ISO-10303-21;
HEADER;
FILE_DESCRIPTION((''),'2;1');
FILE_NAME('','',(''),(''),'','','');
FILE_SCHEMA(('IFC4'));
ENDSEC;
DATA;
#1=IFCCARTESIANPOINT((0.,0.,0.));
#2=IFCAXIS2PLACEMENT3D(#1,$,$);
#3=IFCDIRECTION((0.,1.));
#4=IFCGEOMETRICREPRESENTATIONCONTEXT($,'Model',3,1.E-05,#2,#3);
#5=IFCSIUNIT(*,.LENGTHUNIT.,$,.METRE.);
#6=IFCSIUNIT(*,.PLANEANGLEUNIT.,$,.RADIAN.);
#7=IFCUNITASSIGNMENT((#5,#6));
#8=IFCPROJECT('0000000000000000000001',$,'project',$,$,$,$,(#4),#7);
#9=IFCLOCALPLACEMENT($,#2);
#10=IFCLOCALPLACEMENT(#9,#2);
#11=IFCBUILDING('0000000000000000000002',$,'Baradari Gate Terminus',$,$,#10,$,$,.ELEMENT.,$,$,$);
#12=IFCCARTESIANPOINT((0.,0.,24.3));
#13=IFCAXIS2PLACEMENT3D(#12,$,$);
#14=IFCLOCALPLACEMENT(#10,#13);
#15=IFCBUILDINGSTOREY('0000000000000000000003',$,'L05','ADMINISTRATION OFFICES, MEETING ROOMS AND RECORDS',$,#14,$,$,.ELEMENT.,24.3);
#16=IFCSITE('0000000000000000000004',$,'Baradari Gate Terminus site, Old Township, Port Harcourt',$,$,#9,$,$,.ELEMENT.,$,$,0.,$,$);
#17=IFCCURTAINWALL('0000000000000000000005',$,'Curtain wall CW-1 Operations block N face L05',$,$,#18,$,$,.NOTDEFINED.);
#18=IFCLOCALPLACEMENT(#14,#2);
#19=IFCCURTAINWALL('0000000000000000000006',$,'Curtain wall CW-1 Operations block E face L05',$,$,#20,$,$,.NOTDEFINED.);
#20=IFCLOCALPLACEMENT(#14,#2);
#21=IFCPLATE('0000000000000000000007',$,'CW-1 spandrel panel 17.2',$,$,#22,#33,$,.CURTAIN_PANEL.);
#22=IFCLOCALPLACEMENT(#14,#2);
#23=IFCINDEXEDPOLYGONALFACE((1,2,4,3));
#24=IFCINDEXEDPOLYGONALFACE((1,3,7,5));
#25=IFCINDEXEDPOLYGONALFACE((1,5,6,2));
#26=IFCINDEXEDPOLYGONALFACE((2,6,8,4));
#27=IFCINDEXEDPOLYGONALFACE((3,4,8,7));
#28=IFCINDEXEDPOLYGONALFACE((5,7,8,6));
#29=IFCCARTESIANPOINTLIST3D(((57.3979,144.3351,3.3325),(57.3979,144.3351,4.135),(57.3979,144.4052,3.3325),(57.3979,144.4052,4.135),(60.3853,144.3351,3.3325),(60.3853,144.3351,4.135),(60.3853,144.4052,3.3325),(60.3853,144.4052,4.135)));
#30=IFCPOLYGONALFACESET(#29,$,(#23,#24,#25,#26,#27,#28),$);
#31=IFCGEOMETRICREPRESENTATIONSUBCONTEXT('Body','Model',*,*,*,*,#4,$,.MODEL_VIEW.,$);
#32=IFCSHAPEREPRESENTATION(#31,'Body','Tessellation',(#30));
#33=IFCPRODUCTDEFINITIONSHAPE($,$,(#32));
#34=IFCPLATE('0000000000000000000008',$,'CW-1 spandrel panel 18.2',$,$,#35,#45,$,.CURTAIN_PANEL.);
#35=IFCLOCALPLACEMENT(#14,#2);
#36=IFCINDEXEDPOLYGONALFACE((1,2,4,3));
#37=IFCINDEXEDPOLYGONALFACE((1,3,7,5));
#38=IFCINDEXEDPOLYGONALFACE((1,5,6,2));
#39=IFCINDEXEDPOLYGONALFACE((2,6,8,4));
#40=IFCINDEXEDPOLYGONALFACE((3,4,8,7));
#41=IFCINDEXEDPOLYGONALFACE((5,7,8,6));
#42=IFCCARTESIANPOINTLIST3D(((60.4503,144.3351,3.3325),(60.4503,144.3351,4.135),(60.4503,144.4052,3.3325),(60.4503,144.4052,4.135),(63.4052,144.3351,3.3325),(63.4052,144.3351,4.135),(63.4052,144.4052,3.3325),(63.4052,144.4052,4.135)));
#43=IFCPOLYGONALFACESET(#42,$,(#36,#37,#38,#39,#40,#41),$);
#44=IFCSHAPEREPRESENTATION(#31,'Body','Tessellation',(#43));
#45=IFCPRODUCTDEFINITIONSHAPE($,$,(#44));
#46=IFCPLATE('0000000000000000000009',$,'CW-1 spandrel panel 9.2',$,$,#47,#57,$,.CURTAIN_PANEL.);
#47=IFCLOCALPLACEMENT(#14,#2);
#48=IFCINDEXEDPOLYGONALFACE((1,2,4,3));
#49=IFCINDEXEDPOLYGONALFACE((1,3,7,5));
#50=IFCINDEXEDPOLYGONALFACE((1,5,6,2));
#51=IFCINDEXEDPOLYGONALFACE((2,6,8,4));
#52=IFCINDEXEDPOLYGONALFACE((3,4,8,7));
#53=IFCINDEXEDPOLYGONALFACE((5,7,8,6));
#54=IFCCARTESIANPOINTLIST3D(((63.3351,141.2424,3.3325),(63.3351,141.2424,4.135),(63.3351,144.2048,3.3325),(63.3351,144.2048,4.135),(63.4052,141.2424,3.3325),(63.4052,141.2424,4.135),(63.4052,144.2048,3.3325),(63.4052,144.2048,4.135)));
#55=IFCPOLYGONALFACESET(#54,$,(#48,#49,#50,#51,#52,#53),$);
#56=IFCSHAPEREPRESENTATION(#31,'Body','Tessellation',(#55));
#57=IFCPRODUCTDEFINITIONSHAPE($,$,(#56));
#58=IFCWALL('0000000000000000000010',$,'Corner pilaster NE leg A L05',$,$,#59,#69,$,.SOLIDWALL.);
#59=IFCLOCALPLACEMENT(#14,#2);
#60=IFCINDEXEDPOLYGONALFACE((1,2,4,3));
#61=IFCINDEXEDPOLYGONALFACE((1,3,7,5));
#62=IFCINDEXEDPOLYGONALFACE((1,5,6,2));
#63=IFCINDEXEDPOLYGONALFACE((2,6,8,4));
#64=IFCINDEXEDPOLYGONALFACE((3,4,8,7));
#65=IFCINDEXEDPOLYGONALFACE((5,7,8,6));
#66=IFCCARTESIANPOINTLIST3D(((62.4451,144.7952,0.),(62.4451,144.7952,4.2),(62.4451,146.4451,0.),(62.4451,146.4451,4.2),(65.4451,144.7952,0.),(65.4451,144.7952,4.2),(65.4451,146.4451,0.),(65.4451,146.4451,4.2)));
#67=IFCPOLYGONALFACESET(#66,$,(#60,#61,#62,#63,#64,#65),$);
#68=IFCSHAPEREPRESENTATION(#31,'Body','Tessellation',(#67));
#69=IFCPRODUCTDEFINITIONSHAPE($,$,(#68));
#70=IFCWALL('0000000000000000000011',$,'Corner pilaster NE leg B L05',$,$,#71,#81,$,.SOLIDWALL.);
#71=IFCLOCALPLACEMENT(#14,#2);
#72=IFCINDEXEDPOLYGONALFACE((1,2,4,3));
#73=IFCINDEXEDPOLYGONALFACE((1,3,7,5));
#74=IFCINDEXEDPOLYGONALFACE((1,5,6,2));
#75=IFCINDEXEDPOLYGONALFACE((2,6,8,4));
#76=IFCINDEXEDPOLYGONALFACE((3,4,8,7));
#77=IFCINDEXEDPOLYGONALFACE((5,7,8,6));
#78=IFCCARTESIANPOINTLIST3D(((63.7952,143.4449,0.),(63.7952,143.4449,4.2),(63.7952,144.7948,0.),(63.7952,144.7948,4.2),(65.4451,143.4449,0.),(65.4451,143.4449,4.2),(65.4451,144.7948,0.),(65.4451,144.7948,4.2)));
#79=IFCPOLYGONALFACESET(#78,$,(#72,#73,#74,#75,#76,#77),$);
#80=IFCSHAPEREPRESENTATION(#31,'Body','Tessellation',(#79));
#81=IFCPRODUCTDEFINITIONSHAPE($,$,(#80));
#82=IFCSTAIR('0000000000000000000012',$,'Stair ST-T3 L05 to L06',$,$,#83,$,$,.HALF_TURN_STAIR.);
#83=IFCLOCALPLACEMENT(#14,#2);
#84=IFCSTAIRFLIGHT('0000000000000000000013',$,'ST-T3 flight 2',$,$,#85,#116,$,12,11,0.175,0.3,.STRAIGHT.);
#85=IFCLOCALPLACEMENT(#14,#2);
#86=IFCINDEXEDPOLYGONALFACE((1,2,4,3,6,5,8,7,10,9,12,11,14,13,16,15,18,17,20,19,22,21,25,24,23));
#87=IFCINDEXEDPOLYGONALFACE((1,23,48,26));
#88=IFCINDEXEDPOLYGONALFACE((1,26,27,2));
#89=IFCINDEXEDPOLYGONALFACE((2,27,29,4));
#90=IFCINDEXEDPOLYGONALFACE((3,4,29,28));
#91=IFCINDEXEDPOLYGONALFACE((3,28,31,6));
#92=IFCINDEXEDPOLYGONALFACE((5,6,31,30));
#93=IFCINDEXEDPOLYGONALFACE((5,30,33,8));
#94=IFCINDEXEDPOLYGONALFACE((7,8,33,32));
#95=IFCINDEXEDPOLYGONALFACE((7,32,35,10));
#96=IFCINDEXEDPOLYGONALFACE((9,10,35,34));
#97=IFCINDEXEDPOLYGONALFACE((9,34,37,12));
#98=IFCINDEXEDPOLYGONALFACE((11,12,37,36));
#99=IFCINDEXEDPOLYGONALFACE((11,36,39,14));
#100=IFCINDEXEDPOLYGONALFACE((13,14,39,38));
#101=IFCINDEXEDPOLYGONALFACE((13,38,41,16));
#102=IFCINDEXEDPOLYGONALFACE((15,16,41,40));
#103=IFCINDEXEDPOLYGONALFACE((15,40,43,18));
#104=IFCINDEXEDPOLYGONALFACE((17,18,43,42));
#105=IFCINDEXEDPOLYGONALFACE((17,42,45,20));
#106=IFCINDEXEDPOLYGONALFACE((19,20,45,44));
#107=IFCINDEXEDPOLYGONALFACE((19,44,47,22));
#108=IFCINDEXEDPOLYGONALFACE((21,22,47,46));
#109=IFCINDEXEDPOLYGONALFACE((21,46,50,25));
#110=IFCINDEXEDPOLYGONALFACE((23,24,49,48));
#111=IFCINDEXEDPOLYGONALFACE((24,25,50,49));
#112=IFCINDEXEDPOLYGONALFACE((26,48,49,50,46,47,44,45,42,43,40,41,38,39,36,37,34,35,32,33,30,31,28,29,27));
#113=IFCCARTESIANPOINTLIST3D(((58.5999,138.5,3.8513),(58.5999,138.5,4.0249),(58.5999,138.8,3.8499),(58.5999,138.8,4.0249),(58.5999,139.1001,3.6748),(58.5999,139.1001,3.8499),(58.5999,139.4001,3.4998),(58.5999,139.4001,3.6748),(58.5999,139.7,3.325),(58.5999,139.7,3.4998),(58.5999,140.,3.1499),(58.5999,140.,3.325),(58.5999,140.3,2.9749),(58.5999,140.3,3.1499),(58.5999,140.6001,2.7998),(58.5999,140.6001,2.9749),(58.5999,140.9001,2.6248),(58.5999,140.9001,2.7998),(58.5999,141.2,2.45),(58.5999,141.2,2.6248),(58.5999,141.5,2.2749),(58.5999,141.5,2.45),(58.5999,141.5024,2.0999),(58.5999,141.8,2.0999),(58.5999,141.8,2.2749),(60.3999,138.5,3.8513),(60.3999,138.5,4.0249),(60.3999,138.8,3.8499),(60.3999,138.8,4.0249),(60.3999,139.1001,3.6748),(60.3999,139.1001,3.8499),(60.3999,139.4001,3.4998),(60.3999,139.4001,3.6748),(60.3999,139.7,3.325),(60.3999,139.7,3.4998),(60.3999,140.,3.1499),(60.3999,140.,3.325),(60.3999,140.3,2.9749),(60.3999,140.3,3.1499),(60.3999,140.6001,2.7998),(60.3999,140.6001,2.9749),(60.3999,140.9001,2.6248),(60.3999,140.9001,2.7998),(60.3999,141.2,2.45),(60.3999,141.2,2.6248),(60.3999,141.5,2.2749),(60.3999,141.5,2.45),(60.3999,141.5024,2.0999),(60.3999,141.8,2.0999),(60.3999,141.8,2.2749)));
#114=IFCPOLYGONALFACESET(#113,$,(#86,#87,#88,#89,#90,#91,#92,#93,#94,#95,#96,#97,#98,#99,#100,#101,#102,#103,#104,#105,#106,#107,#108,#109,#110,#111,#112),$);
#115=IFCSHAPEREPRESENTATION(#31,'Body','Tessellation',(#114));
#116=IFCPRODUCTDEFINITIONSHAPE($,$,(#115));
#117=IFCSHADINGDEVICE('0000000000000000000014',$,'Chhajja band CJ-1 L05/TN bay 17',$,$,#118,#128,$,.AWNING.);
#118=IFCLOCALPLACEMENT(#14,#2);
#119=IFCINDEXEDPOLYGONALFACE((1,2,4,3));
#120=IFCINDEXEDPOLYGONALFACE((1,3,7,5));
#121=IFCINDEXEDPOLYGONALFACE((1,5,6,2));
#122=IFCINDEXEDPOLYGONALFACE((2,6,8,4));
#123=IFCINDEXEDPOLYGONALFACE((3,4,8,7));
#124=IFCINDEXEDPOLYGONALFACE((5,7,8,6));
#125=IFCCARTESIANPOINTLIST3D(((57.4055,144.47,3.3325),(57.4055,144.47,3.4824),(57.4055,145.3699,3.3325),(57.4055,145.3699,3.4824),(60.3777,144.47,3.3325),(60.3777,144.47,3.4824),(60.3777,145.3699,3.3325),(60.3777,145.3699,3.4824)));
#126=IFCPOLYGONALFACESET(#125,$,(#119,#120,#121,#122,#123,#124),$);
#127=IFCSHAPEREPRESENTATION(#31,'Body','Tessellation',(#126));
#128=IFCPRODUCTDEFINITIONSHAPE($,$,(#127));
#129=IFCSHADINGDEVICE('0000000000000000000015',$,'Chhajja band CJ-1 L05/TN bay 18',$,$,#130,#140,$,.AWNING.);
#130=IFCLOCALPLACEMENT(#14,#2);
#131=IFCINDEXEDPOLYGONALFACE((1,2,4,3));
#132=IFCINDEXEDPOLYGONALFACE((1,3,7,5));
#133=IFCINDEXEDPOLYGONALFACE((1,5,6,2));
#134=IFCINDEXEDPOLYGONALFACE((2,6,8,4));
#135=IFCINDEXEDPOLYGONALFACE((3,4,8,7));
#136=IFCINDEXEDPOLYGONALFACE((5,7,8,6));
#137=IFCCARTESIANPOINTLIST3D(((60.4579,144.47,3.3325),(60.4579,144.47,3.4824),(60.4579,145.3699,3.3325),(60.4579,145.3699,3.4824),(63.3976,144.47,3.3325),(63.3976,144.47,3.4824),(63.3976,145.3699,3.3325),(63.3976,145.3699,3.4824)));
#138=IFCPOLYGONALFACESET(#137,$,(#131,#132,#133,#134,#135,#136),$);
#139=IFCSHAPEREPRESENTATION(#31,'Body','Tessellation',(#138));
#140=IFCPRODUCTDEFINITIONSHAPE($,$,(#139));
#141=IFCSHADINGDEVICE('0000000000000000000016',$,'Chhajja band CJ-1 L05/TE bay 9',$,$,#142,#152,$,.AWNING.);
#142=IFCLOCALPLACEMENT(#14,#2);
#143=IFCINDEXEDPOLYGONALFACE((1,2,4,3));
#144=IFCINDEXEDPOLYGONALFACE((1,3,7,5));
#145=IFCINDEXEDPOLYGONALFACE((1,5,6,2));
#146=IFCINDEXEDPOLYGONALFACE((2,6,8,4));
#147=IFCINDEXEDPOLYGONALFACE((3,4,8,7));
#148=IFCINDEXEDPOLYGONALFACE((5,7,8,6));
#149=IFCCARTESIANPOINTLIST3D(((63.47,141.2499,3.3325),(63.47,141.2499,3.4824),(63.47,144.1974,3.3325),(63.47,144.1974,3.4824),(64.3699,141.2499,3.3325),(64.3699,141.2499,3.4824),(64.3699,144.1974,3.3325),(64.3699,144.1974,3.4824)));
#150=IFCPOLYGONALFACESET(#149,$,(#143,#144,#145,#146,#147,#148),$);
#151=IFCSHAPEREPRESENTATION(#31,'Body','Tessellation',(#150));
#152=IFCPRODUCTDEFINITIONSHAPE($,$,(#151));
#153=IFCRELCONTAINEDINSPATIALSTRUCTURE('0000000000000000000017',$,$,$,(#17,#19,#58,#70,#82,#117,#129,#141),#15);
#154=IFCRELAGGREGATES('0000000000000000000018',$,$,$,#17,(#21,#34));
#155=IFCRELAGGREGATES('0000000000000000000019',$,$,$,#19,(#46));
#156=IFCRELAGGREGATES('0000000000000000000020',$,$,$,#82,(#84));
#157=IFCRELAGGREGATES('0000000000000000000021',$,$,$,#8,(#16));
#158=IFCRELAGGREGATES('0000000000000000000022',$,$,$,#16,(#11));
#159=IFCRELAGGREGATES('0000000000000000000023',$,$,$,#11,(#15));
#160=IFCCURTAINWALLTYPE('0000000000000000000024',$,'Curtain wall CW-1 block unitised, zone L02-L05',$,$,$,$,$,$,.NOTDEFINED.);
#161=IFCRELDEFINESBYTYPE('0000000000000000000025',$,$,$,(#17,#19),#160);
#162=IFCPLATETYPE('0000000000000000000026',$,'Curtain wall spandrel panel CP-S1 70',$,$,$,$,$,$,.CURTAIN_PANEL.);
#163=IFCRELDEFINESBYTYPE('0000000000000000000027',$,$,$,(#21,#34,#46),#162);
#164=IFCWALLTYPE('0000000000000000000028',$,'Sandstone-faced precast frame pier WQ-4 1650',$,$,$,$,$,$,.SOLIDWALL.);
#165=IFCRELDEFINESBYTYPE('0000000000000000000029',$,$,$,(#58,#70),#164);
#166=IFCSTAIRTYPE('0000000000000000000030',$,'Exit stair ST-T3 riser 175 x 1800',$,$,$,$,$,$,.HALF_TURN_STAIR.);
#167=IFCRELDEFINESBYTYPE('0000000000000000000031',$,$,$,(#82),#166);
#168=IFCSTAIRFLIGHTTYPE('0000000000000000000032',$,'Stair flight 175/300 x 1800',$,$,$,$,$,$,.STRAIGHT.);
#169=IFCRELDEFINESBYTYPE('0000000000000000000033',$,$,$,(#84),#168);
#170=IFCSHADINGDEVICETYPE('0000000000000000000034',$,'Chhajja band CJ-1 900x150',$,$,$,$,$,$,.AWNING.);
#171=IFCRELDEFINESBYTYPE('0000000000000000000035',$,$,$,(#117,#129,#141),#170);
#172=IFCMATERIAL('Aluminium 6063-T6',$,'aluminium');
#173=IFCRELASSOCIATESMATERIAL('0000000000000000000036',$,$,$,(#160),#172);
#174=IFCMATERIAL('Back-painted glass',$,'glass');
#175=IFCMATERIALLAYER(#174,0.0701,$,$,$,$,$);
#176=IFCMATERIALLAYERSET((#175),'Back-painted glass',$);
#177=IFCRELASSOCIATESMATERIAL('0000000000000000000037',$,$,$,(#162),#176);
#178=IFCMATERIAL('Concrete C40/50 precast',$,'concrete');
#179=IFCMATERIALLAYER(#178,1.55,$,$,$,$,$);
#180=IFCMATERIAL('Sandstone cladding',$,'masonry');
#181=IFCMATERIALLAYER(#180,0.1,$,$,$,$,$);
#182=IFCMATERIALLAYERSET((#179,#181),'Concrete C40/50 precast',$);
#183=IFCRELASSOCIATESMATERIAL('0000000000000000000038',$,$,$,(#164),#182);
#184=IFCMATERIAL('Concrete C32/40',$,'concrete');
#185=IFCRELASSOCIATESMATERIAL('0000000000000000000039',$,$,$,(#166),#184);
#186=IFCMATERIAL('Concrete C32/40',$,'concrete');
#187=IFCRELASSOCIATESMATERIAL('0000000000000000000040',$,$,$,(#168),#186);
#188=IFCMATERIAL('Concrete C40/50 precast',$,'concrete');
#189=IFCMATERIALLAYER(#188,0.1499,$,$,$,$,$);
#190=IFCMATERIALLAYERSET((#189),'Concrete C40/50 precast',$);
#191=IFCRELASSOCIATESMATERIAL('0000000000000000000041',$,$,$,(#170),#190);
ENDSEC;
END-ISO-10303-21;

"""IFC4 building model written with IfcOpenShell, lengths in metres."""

from ifc_helpers import new_model, si_unit, direction, frame, frame_2d, origin, origin_2d, place, context, subcontext, project, spatial, polyline, rectangle, outline, extrude, material, layer, layer_set, type_object, element, aggregate, save


model = new_model("IFC4")

# Units and contexts
model_context = context("Model", 3, precision=1e-05, world=origin(), true_north=direction((0.0, 1.0)))
body_context = subcontext(model_context, "Body", "Model", "MODEL_VIEW")
ifc_project = project(units=[si_unit("LENGTHUNIT", "METRE"), si_unit("PLANEANGLEUNIT", "RADIAN")], contexts=[model_context])

# Site, building, storey
site_placement = place(None, origin())
site = spatial("IfcSite", under=ifc_project, at=site_placement, Name="Baradari Gate Terminus site, Old Township, Port Harcourt", CompositionType="ELEMENT", RefElevation=0.0)
building_placement = place(site_placement, origin())
building = spatial("IfcBuilding", under=site, at=building_placement, Name="Baradari Gate Terminus", CompositionType="ELEMENT")
storey_placement = place(building_placement, frame((0.0, 0.0, 24.3)))
storey = spatial("IfcBuildingStorey", under=building, at=storey_placement, Name="L05", Description="ADMINISTRATION OFFICES, MEETING ROOMS AND RECORDS", CompositionType="ELEMENT", Elevation=24.3)

# Curtain wall
ifc_material_1 = material(Name="Aluminium 6063-T6", Category="aluminium")
curtain_wall_type = type_object("IfcCurtainWallType", Name="Curtain wall CW-1 block unitised, zone L02-L05", PredefinedType="NOTDEFINED", material=ifc_material_1)
curtain_wall_1_placement = place(storey_placement, origin())
curtain_wall_1 = element("IfcCurtainWall", 1, at=curtain_wall_1_placement, inside=storey, type_object=curtain_wall_type, Name="Curtain wall CW-1 Operations block N face L05", PredefinedType="NOTDEFINED")

# Curtain wall
curtain_wall_2_placement = place(storey_placement, origin())
curtain_wall_2 = element("IfcCurtainWall", 2, at=curtain_wall_2_placement, inside=storey, type_object=curtain_wall_type, Name="Curtain wall CW-1 Operations block E face L05", PredefinedType="NOTDEFINED")

# Plates
ifc_material_2 = material(Name="Back-painted glass", Category="glass")
ifc_layer_1 = layer(ifc_material_2, 0.0701)
ifc_layer_set_1 = layer_set([ifc_layer_1], Name="Back-painted glass")
plate_type_1 = type_object("IfcPlateType", Name="Curtain wall spandrel panel CP-S1 70", PredefinedType="CURTAIN_PANEL", material=ifc_layer_set_1)
plate_1_placement = place(storey_placement, frame((58.8916, 144.3701, 3.3325), z_axis=(0.0, 0.0, 1.0), x_axis=(1.0, 0.0, 0.0)))
plate_1 = element("IfcPlate", 3, at=plate_1_placement, type_object=plate_type_1, Name="CW-1 spandrel panel 17.2", PredefinedType="CURTAIN_PANEL", context=body_context, shape_type="SweptSolid", body=[
    extrude(rectangle(XDim=2.9873, YDim=0.0701, at=origin_2d()), origin(), (0.0, 0.0, 1.0), 0.8025),
])
plate_2_placement = place(storey_placement, frame((61.9277, 144.3701, 3.3325), z_axis=(0.0, 0.0, 1.0), x_axis=(1.0, 0.0, 0.0)))
plate_2 = element("IfcPlate", 4, at=plate_2_placement, type_object=plate_type_1, Name="CW-1 spandrel panel 18.2", PredefinedType="CURTAIN_PANEL", context=body_context, shape_type="SweptSolid", body=[
    extrude(rectangle(XDim=2.9548, YDim=0.0701, at=origin_2d()), origin(), (0.0, 0.0, 1.0), 0.8025),
])
aggregate(curtain_wall_1, [plate_1, plate_2])
plate_3_placement = place(storey_placement, frame((63.3701, 142.7236, 3.3325), z_axis=(0.0, 0.0, 1.0), x_axis=(0.0, 1.0, 0.0)))
plate_3 = element("IfcPlate", 5, at=plate_3_placement, type_object=plate_type_1, Name="CW-1 spandrel panel 9.2", PredefinedType="CURTAIN_PANEL", context=body_context, shape_type="SweptSolid", body=[
    extrude(rectangle(XDim=2.9624, YDim=0.0701, at=origin_2d()), origin(), (0.0, 0.0, 1.0), 0.8025),
])
aggregate(curtain_wall_2, [plate_3])

# Walls
ifc_material_3 = material(Name="Concrete C40/50 precast", Category="concrete")
ifc_layer_2 = layer(ifc_material_3, 1.55)
ifc_material_4 = material(Name="Sandstone cladding", Category="masonry")
ifc_layer_3 = layer(ifc_material_4, 0.1)
ifc_layer_set_2 = layer_set([ifc_layer_2, ifc_layer_3], Name="Concrete C40/50 precast")
wall_type = type_object("IfcWallType", Name="Sandstone-faced precast frame pier WQ-4 1650", PredefinedType="SOLIDWALL", material=ifc_layer_set_2)
wall_1_placement = place(storey_placement, frame((62.4451, 145.6201, 0.0), z_axis=(0.0, 0.0, 1.0), x_axis=(1.0, 0.0, 0.0)))
element("IfcWall", 6, at=wall_1_placement, inside=storey, type_object=wall_type, Name="Corner pilaster NE leg A L05", PredefinedType="SOLIDWALL", context=body_context, shape_type="SweptSolid", body=[
    extrude(rectangle(XDim=3.0, YDim=1.6499, at=frame_2d((1.5, 0.0))), origin(), (0.0, 0.0, 1.0), 4.2),
])
wall_2_placement = place(storey_placement, frame((64.6201, 143.4451, 0.0), z_axis=(0.0, 0.0, 1.0), x_axis=(0.0, 1.0, 0.0)))
element("IfcWall", 7, at=wall_2_placement, inside=storey, type_object=wall_type, Name="Corner pilaster NE leg B L05", PredefinedType="SOLIDWALL", context=body_context, shape_type="SweptSolid", body=[
    extrude(rectangle(XDim=1.3499, YDim=1.6499, at=frame_2d((0.6748, 0.0))), origin(), (0.0, 0.0, 1.0), 4.2),
])

# Stair, stair flight
ifc_material_5 = material(Name="Concrete C32/40", Category="concrete")
stair_type = type_object("IfcStairType", Name="Exit stair ST-T3 riser 175 x 1800", PredefinedType="HALF_TURN_STAIR", material=ifc_material_5)
stair_placement = place(storey_placement, origin())
stair = element("IfcStair", 8, at=stair_placement, inside=storey, type_object=stair_type, Name="Stair ST-T3 L05 to L06", PredefinedType="HALF_TURN_STAIR")
ifc_material_6 = material(Name="Concrete C32/40", Category="concrete")
stair_flight_type = type_object("IfcStairFlightType", Name="Stair flight 175/300 x 1800", PredefinedType="STRAIGHT", material=ifc_material_6)
stair_flight_placement = place(storey_placement, frame((59.5, 141.8, 2.0999), z_axis=(0.0, 0.0, 1.0), x_axis=(0.0, -1.0, 0.0)))
stair_flight = element("IfcStairFlight", 9, at=stair_flight_placement, type_object=stair_flight_type, Name="ST-T3 flight 2", NumberOfRisers=12, NumberOfTreads=11, PredefinedType="STRAIGHT", RiserHeight=0.175, TreadLength=0.3, context=body_context, shape_type="SweptSolid", body=[
    extrude(outline(polyline([(0.0, 0.0), (0.0, 0.175), (0.3, 0.175), (0.3, 0.3501), (0.6001, 0.3501), (0.6001, 0.5249), (0.8999, 0.5249), (0.8999, 0.7), (1.2, 0.7), (1.2, 0.875), (1.5, 0.875), (1.5, 1.05), (1.8, 1.05), (1.8, 1.2251), (2.1001, 1.2251), (2.1001, 1.3999), (2.3999, 1.3999), (2.3999, 1.575), (2.7, 1.575), (2.7, 1.75), (3.0, 1.75), (3.0, 1.925), (3.3, 1.925), (3.3, 2.1001), (3.3, 1.7515), (0.2976, 0.0), (0.0, 0.0)])), frame((0.0, 0.8999, 0.0), z_axis=(0.0, -1.0, 0.0), x_axis=(1.0, 0.0, 0.0)), (0.0, 0.0, 1.0), 1.8),
])
aggregate(stair, [stair_flight])

# Shading devices
ifc_material_7 = material(Name="Concrete C40/50 precast", Category="concrete")
ifc_layer_4 = layer(ifc_material_7, 0.1499)
ifc_layer_set_3 = layer_set([ifc_layer_4], Name="Concrete C40/50 precast")
shading_device_type_1 = type_object("IfcShadingDeviceType", Name="Chhajja band CJ-1 900x150", PredefinedType="AWNING", material=ifc_layer_set_3)
shading_device_1_placement = place(storey_placement, frame((58.8916, 144.9199, 3.3325), z_axis=(0.0, 0.0, 1.0), x_axis=(1.0, 0.0, 0.0)))
element("IfcShadingDevice", 10, at=shading_device_1_placement, inside=storey, type_object=shading_device_type_1, Name="Chhajja band CJ-1 L05/TN bay 17", PredefinedType="AWNING", context=body_context, shape_type="SweptSolid", body=[
    extrude(rectangle(XDim=2.9722, YDim=0.8999, at=origin_2d()), origin(), (0.0, 0.0, 1.0), 0.1499),
])
shading_device_2_placement = place(storey_placement, frame((61.9277, 144.9199, 3.3325), z_axis=(0.0, 0.0, 1.0), x_axis=(1.0, 0.0, 0.0)))
element("IfcShadingDevice", 11, at=shading_device_2_placement, inside=storey, type_object=shading_device_type_1, Name="Chhajja band CJ-1 L05/TN bay 18", PredefinedType="AWNING", context=body_context, shape_type="SweptSolid", body=[
    extrude(rectangle(XDim=2.9397, YDim=0.8999, at=origin_2d()), origin(), (0.0, 0.0, 1.0), 0.1499),
])
shading_device_3_placement = place(storey_placement, frame((63.9199, 142.7236, 3.3325), z_axis=(0.0, 0.0, 1.0), x_axis=(0.0, 1.0, 0.0)))
element("IfcShadingDevice", 12, at=shading_device_3_placement, inside=storey, type_object=shading_device_type_1, Name="Chhajja band CJ-1 L05/TE bay 9", PredefinedType="AWNING", context=body_context, shape_type="SweptSolid", body=[
    extrude(rectangle(XDim=2.9475, YDim=0.8999, at=origin_2d()), origin(), (0.0, 0.0, 1.0), 0.1499),
])

save(model, "model.ifc")
